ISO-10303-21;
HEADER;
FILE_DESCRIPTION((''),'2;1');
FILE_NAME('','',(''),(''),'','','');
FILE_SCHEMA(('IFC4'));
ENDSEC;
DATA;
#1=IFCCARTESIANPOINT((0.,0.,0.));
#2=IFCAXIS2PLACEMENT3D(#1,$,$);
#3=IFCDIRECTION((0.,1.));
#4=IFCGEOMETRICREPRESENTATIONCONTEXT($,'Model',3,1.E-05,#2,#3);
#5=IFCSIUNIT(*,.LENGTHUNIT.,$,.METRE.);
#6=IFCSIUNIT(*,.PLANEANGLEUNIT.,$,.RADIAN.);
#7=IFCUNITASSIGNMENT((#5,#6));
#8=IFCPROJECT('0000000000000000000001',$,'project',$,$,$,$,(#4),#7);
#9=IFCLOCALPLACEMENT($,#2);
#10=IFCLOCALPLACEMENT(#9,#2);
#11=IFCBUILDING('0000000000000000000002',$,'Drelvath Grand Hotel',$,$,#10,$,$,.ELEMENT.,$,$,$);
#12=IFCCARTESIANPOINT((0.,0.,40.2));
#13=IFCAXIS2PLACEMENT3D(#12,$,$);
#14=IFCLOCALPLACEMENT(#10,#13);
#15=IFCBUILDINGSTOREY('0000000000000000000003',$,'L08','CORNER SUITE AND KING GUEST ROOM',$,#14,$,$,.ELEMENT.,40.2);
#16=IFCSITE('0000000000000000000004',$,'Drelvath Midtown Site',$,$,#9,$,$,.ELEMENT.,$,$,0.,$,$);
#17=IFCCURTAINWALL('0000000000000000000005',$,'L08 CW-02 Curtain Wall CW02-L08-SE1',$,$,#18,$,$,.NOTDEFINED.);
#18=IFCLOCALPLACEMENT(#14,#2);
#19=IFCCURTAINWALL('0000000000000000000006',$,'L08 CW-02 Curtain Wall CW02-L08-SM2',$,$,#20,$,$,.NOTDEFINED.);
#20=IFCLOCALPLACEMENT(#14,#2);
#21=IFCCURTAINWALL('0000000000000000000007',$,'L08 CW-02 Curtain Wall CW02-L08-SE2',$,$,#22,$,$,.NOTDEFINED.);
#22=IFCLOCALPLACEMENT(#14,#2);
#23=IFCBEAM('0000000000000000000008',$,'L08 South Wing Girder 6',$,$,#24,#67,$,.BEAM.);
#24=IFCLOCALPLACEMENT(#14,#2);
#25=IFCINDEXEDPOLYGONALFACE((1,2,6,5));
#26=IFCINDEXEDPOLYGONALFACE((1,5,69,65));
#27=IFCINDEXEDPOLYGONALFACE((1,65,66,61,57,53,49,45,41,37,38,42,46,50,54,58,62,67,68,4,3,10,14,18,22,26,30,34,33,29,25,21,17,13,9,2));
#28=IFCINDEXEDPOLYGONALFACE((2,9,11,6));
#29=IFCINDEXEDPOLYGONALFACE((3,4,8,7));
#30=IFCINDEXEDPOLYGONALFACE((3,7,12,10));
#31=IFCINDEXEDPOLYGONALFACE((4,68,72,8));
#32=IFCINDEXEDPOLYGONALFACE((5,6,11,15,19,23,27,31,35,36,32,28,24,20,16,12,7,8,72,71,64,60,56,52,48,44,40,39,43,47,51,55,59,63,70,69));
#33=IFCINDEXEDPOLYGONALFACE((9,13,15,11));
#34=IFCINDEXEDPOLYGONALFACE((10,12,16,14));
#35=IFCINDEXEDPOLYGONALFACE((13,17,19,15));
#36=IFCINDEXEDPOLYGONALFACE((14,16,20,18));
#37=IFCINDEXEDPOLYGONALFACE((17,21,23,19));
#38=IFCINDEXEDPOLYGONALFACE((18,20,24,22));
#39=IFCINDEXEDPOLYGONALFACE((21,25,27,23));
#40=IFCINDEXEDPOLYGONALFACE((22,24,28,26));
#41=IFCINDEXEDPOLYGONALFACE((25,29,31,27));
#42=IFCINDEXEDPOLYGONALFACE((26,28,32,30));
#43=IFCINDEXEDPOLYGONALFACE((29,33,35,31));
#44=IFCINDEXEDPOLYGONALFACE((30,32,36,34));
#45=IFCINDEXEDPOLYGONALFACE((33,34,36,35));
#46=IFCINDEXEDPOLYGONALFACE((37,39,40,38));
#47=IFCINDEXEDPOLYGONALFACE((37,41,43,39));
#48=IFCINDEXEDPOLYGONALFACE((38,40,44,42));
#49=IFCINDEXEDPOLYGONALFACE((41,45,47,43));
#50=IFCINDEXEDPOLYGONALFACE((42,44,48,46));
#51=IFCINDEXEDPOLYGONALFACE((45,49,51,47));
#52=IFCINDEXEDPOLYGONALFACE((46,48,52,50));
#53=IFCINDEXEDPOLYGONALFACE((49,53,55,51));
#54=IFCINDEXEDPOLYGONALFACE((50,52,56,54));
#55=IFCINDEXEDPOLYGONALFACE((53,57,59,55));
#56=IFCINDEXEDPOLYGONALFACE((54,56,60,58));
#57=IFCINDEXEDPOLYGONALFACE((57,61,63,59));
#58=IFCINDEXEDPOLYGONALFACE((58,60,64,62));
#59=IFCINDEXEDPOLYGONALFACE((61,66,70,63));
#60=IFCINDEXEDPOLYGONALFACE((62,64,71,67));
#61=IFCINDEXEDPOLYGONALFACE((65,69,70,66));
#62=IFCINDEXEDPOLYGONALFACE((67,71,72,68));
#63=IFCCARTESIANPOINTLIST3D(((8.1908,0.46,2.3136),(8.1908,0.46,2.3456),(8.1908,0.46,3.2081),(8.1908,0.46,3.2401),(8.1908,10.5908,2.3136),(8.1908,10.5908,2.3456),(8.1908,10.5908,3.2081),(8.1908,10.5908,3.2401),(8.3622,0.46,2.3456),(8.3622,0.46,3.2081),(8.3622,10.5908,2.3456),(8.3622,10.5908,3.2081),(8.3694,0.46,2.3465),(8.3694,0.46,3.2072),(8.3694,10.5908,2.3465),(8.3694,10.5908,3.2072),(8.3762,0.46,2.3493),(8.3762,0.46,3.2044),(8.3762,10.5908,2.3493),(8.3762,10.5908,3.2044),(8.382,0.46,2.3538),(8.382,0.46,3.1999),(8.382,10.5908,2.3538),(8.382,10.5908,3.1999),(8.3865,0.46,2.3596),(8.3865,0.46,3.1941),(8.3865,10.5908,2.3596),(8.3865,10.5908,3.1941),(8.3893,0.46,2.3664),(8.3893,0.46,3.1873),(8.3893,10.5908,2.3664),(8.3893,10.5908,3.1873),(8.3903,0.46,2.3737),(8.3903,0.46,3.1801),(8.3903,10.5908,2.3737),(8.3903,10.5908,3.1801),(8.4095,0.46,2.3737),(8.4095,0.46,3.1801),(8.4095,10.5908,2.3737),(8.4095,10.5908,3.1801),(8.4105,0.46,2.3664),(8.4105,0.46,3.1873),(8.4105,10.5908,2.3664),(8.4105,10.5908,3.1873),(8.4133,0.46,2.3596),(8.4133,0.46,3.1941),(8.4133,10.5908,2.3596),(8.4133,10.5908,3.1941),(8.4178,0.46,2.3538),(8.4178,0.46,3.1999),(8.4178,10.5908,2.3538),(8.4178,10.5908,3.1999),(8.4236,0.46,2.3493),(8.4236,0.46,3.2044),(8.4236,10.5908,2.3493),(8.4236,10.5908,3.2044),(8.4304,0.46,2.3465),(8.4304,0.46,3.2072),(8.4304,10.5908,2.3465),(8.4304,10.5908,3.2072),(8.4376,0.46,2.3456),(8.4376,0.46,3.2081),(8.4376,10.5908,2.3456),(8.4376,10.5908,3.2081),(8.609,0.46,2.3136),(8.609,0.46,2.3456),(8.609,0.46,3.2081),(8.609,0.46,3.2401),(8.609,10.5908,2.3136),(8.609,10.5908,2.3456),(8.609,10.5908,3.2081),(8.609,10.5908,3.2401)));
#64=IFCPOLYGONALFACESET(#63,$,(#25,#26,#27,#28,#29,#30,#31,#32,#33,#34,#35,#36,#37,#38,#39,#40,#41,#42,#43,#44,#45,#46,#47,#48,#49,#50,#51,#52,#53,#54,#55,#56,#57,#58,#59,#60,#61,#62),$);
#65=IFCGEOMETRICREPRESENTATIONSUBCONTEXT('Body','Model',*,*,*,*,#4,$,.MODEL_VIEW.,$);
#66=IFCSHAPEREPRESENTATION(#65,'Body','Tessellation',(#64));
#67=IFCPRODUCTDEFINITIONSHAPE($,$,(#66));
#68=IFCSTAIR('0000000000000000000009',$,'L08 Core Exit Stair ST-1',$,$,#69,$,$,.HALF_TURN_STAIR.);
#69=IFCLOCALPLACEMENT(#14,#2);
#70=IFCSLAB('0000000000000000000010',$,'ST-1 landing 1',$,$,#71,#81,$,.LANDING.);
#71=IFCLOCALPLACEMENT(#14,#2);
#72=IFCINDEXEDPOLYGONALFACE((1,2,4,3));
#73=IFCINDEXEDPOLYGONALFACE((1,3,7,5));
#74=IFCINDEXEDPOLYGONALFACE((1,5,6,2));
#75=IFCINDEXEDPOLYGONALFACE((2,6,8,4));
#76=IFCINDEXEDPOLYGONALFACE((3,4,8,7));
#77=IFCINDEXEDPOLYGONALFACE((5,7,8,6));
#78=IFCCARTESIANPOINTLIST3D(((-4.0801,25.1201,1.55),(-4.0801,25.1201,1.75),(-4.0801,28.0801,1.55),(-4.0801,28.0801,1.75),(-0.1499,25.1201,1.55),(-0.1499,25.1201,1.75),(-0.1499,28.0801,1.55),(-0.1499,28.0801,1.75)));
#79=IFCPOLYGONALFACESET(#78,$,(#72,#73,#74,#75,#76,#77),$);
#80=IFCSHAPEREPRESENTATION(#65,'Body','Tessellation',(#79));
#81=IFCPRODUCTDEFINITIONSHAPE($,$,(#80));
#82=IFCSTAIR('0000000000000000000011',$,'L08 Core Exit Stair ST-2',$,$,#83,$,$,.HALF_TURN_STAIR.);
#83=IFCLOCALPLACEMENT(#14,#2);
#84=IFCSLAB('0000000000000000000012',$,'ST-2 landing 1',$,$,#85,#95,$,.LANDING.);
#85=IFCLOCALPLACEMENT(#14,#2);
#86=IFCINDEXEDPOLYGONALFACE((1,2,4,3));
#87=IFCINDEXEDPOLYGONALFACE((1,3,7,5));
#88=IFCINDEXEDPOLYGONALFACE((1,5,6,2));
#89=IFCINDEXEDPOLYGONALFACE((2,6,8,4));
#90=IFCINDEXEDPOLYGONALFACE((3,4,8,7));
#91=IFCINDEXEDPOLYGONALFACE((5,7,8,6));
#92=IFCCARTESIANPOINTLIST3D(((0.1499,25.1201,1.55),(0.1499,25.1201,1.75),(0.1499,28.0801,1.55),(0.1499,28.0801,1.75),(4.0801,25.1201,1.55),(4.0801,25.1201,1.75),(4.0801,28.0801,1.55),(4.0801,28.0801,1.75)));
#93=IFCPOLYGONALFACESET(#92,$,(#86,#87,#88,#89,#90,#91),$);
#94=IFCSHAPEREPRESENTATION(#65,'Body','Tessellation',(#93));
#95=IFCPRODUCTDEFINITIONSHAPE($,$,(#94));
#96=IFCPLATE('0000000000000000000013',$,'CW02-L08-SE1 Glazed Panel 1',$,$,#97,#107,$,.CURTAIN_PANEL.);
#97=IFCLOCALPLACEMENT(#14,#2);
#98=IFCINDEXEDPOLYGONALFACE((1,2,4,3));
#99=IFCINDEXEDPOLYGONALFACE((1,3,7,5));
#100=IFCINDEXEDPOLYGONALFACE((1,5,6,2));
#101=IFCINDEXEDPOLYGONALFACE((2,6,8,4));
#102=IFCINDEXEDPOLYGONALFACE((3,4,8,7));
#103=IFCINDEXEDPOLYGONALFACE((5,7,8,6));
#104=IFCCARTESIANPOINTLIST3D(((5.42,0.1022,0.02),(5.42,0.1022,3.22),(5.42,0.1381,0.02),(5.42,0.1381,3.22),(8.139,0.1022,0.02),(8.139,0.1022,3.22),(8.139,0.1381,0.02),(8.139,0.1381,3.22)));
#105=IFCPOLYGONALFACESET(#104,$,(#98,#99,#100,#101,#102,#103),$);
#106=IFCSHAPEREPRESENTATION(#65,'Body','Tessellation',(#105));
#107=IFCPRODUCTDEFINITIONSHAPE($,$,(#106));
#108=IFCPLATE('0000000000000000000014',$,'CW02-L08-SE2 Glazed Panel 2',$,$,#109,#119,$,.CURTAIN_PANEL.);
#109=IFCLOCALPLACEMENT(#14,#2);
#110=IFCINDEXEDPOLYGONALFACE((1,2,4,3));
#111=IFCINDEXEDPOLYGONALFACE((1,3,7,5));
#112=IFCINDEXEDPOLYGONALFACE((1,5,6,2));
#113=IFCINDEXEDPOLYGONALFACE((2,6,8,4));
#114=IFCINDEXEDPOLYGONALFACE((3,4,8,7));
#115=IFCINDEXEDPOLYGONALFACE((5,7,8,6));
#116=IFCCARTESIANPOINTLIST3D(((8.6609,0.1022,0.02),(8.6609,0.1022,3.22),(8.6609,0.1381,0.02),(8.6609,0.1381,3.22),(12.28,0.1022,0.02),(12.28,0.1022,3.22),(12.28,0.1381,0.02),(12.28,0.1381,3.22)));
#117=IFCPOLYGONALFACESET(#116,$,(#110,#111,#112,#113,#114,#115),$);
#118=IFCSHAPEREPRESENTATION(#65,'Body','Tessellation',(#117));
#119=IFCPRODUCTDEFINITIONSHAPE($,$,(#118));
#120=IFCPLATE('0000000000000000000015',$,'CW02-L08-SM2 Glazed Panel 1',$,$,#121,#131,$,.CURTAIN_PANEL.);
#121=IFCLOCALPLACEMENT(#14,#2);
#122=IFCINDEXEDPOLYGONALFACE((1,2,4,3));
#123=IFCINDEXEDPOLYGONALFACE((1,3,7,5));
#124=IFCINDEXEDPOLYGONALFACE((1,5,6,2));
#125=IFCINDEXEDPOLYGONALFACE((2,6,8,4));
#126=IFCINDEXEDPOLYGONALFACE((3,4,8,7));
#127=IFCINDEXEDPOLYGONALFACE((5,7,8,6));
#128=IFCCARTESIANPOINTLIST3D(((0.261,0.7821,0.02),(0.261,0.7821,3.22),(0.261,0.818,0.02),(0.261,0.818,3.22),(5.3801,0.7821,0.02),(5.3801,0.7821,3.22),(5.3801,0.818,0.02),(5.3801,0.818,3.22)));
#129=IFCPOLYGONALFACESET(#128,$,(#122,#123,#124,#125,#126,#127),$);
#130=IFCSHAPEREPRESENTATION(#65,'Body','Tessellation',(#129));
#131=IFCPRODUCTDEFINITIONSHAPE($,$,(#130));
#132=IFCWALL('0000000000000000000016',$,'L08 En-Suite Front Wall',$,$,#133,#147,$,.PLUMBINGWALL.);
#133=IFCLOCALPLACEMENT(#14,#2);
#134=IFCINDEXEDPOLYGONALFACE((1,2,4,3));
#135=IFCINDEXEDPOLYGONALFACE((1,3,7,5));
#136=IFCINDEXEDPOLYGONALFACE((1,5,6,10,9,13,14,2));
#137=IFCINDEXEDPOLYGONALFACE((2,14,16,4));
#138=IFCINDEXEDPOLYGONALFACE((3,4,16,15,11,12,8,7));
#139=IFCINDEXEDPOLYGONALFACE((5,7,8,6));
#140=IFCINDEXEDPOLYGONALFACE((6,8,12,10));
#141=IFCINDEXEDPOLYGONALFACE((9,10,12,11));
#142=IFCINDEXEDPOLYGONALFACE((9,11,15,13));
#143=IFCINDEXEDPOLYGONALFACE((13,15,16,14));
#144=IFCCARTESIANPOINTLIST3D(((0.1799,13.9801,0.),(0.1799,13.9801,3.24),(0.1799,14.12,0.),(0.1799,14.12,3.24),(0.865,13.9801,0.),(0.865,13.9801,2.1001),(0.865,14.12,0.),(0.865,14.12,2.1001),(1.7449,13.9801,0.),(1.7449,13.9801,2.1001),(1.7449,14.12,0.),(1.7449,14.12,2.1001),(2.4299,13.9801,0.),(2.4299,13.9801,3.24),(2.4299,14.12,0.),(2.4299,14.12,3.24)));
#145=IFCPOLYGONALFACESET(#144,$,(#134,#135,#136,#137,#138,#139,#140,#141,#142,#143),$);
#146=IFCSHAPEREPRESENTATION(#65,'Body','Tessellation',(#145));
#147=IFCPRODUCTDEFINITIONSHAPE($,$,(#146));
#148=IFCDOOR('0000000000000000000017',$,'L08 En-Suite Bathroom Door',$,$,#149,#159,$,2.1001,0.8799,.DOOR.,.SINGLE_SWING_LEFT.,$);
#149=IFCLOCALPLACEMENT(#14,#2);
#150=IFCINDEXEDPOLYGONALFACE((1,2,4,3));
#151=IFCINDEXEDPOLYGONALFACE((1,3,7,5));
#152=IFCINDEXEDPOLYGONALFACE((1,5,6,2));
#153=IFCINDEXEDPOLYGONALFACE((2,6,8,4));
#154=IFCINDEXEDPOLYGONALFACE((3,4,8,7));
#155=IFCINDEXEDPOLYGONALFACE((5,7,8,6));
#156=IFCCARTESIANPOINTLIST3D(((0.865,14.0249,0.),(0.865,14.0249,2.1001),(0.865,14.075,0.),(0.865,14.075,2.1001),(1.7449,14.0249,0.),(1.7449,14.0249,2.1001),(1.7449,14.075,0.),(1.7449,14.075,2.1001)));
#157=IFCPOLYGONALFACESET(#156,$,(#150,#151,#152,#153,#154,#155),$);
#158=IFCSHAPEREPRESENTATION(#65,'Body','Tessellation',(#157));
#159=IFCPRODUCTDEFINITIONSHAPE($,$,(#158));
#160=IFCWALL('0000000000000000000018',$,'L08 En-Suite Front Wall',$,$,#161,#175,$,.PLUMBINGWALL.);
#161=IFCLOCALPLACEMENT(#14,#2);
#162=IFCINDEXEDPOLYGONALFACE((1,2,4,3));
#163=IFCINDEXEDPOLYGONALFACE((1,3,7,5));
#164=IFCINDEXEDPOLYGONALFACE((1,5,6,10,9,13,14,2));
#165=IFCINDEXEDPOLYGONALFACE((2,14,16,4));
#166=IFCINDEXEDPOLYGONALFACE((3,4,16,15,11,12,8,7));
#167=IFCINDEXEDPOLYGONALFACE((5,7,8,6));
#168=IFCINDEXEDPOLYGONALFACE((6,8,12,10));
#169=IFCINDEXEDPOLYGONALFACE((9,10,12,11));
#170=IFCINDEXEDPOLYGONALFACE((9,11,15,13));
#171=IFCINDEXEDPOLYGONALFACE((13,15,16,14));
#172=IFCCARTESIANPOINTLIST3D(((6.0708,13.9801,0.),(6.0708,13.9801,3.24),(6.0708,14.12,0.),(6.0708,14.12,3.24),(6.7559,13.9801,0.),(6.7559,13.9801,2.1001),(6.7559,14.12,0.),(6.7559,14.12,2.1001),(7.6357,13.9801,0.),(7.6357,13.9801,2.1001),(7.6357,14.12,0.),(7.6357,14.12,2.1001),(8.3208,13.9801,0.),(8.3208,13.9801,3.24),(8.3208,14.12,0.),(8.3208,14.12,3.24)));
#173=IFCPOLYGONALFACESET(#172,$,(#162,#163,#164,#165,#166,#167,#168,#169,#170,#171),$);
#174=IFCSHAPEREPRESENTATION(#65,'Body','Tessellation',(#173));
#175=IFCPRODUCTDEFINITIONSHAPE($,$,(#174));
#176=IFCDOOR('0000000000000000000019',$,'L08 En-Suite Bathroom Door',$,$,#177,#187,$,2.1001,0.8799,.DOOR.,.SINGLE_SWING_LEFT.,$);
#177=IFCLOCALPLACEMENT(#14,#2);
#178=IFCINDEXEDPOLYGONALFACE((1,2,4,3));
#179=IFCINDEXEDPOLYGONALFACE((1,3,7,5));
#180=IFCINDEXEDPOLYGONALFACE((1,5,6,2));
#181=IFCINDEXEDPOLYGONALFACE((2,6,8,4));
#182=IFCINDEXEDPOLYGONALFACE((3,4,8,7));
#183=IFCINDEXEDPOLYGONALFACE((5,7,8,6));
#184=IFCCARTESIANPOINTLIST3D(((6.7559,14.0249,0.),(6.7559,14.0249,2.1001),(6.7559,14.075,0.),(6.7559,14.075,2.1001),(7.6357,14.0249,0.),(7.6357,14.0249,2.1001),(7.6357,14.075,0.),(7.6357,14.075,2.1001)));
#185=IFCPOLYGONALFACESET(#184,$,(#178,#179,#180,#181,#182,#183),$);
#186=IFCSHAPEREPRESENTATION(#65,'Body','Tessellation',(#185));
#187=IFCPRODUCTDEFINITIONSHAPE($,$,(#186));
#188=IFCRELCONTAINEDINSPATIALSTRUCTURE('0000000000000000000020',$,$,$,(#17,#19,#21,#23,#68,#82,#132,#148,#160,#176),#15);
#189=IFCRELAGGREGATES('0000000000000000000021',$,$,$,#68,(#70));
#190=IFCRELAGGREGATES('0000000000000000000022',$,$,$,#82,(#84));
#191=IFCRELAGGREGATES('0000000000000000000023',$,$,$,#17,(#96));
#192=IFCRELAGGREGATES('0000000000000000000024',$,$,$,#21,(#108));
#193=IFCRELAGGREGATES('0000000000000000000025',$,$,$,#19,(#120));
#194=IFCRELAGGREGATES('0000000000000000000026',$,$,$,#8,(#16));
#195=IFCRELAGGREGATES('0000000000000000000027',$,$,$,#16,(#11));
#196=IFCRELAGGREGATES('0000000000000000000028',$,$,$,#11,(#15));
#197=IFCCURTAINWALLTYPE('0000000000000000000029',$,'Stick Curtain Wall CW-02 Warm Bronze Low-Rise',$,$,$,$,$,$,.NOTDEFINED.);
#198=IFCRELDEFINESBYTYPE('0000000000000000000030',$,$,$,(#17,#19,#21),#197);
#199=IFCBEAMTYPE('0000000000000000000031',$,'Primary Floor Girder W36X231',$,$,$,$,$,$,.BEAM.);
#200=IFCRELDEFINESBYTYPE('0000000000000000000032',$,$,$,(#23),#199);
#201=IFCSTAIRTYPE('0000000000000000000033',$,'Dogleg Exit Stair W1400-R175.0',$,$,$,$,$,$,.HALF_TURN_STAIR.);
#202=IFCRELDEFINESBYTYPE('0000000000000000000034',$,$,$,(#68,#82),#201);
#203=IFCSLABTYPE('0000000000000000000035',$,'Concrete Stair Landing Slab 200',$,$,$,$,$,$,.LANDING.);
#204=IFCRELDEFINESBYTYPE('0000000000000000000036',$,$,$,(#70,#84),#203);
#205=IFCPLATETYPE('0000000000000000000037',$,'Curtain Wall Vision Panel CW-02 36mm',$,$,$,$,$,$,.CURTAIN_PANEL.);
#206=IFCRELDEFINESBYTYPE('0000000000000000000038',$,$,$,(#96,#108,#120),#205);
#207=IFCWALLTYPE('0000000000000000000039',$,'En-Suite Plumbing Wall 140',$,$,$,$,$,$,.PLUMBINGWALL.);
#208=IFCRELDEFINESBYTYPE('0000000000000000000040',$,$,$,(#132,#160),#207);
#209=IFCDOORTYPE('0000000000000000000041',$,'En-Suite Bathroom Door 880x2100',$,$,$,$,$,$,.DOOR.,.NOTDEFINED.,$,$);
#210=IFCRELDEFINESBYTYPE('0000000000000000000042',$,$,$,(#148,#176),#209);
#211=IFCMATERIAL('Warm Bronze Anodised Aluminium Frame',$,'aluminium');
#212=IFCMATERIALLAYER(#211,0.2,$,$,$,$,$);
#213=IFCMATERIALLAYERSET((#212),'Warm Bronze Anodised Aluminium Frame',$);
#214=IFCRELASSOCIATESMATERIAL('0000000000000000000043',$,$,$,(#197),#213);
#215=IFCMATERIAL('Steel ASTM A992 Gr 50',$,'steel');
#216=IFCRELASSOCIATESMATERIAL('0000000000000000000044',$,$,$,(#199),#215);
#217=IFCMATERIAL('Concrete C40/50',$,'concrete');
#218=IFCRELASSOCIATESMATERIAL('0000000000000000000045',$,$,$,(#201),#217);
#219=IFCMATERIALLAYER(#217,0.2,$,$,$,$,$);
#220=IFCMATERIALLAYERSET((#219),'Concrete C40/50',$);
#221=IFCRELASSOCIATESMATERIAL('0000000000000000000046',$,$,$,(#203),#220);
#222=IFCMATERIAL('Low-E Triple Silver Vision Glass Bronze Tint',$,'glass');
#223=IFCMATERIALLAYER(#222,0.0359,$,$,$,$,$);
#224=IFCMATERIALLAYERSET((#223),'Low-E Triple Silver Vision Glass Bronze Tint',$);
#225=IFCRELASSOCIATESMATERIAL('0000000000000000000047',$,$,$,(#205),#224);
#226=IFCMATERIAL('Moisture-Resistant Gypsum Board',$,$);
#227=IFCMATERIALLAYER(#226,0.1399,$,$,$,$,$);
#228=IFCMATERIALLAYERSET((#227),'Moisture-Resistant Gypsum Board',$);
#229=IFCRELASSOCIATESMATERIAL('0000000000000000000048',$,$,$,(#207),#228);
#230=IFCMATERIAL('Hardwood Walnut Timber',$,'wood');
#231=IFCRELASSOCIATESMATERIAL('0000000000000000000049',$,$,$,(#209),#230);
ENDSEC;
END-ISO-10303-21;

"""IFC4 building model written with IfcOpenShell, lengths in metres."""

from ifc_helpers import new_model, si_unit, direction, frame, frame_2d, origin, origin_2d, place, context, subcontext, project, spatial, polyline, rectangle, i_section, outline, extrude, material, layer, layer_set, material_profile, profile_set, type_object, element, fill, aggregate, save


model = new_model("IFC4")

# Units and contexts
model_context = context("Model", 3, precision=1e-05, world=origin(), true_north=direction((0.0, 1.0)))
body_context = subcontext(model_context, "Body", "Model", "MODEL_VIEW")
ifc_project = project(units=[si_unit("LENGTHUNIT", "METRE"), si_unit("PLANEANGLEUNIT", "RADIAN")], contexts=[model_context])

# Site, building, storey
site_placement = place(None, origin())
site = spatial("IfcSite", under=ifc_project, at=site_placement, Name="Drelvath Midtown Site", CompositionType="ELEMENT", RefElevation=0.0)
building_placement = place(site_placement, origin())
building = spatial("IfcBuilding", under=site, at=building_placement, Name="Drelvath Grand Hotel", CompositionType="ELEMENT")
storey_placement = place(building_placement, frame((0.0, 0.0, 40.2)))
storey = spatial("IfcBuildingStorey", under=building, at=storey_placement, Name="L08", Description="CORNER SUITE AND KING GUEST ROOM", CompositionType="ELEMENT", Elevation=40.2)

# Curtain walls
ifc_material_1 = material(Name="Warm Bronze Anodised Aluminium Frame", Category="aluminium")
ifc_layer_1 = layer(ifc_material_1, 0.2)
ifc_layer_set_1 = layer_set([ifc_layer_1], Name="Warm Bronze Anodised Aluminium Frame")
curtain_wall_type = type_object("IfcCurtainWallType", Name="Stick Curtain Wall CW-02 Warm Bronze Low-Rise", PredefinedType="NOTDEFINED", material=ifc_layer_set_1)
curtain_wall_1_placement = place(storey_placement, origin())
curtain_wall_1 = element("IfcCurtainWall", 1, at=curtain_wall_1_placement, inside=storey, type_object=curtain_wall_type, Name="L08 CW-02 Curtain Wall CW02-L08-SE1", PredefinedType="NOTDEFINED")
curtain_wall_2_placement = place(storey_placement, origin())
curtain_wall_2 = element("IfcCurtainWall", 2, at=curtain_wall_2_placement, inside=storey, type_object=curtain_wall_type, Name="L08 CW-02 Curtain Wall CW02-L08-SM2", PredefinedType="NOTDEFINED")

# Curtain wall
curtain_wall_3_placement = place(storey_placement, origin())
curtain_wall_3 = element("IfcCurtainWall", 3, at=curtain_wall_3_placement, inside=storey, type_object=curtain_wall_type, Name="L08 CW-02 Curtain Wall CW02-L08-SE2", PredefinedType="NOTDEFINED")

# Beam
ifc_material_2 = material(Name="Steel ASTM A992 Gr 50", Category="steel")
ifc_material_profile_1 = material_profile(ifc_material_2, i_section(OverallWidth=0.4182, OverallDepth=0.9265, WebThickness=0.0193, FlangeThickness=0.032, FilletRadius=0.0281, at=origin_2d()), Name="W36X231")
ifc_profile_set_1 = profile_set([ifc_material_profile_1], Name="Steel ASTM A992 Gr 50")
beam_type_1 = type_object("IfcBeamType", Name="Primary Floor Girder W36X231", PredefinedType="BEAM", material=ifc_profile_set_1)
beam_1_placement = place(storey_placement, frame((8.3999, 0.46, 2.7769), z_axis=(0.0, 1.0, 0.0), x_axis=(-1.0, 0.0, 0.0)))
element("IfcBeam", 4, at=beam_1_placement, inside=storey, type_object=beam_type_1, Name="L08 South Wing Girder 6", PredefinedType="BEAM", context=body_context, shape_type="SweptSolid", body=[
    extrude(i_section(OverallWidth=0.4182, OverallDepth=0.9265, WebThickness=0.0193, FlangeThickness=0.032, FilletRadius=0.0281, at=origin_2d()), origin(), (0.0, 0.0, 1.0), 10.1309),
])

# Stairs, slabs
ifc_material_3 = material(Name="Concrete C40/50", Category="concrete")
stair_type = type_object("IfcStairType", Name="Dogleg Exit Stair W1400-R175.0", PredefinedType="HALF_TURN_STAIR", material=ifc_material_3)
stair_1_placement = place(storey_placement, origin())
stair_1 = element("IfcStair", 5, at=stair_1_placement, inside=storey, type_object=stair_type, Name="L08 Core Exit Stair ST-1", PredefinedType="HALF_TURN_STAIR")
ifc_layer_2 = layer(ifc_material_3, 0.2)
ifc_layer_set_2 = layer_set([ifc_layer_2], Name="Concrete C40/50")
slab_type = type_object("IfcSlabType", Name="Concrete Stair Landing Slab 200", PredefinedType="LANDING", material=ifc_layer_set_2)
slab_1_placement = place(storey_placement, frame((0.0, 0.0, 1.55)))
slab_1 = element("IfcSlab", 6, at=slab_1_placement, type_object=slab_type, Name="ST-1 landing 1", PredefinedType="LANDING", context=body_context, shape_type="SweptSolid", body=[
    extrude(outline(polyline([(-4.0801, 25.1201), (-0.1499, 25.1201), (-0.1499, 28.0801), (-4.0801, 28.0801), (-4.0801, 25.1201)])), origin(), (0.0, 0.0, 1.0), 0.2),
])
aggregate(stair_1, [slab_1])
stair_2_placement = place(storey_placement, origin())
stair_2 = element("IfcStair", 7, at=stair_2_placement, inside=storey, type_object=stair_type, Name="L08 Core Exit Stair ST-2", PredefinedType="HALF_TURN_STAIR")
slab_2_placement = place(storey_placement, frame((0.0, 0.0, 1.55)))
slab_2 = element("IfcSlab", 8, at=slab_2_placement, type_object=slab_type, Name="ST-2 landing 1", PredefinedType="LANDING", context=body_context, shape_type="SweptSolid", body=[
    extrude(outline(polyline([(4.0801, 28.0801), (0.1499, 28.0801), (0.1499, 25.1201), (4.0801, 25.1201), (4.0801, 28.0801)])), origin(), (0.0, 0.0, 1.0), 0.2),
])
aggregate(stair_2, [slab_2])

# Plates
ifc_material_4 = material(Name="Low-E Triple Silver Vision Glass Bronze Tint", Category="glass")
ifc_layer_3 = layer(ifc_material_4, 0.0359)
ifc_layer_set_3 = layer_set([ifc_layer_3], Name="Low-E Triple Silver Vision Glass Bronze Tint")
plate_type = type_object("IfcPlateType", Name="Curtain Wall Vision Panel CW-02 36mm", PredefinedType="CURTAIN_PANEL", material=ifc_layer_set_3)
plate_1_placement = place(storey_placement, frame((6.7795, 0.1201, 0.02), z_axis=(0.0, 0.0, 1.0), x_axis=(-1.0, 0.0, 0.0)))
plate_1 = element("IfcPlate", 9, at=plate_1_placement, type_object=plate_type, Name="CW02-L08-SE1 Glazed Panel 1", PredefinedType="CURTAIN_PANEL", context=body_context, shape_type="SweptSolid", body=[
    extrude(rectangle(XDim=2.719, YDim=0.0359, at=origin_2d()), origin(), (0.0, 0.0, 1.0), 3.2),
])
aggregate(curtain_wall_1, [plate_1])
plate_2_placement = place(storey_placement, frame((10.4705, 0.1201, 0.02), z_axis=(0.0, 0.0, 1.0), x_axis=(-1.0, 0.0, 0.0)))
plate_2 = element("IfcPlate", 10, at=plate_2_placement, type_object=plate_type, Name="CW02-L08-SE2 Glazed Panel 2", PredefinedType="CURTAIN_PANEL", context=body_context, shape_type="SweptSolid", body=[
    extrude(rectangle(XDim=3.6191, YDim=0.0359, at=origin_2d()), origin(), (0.0, 0.0, 1.0), 3.2),
])
aggregate(curtain_wall_3, [plate_2])
plate_3_placement = place(storey_placement, frame((2.8206, 0.8, 0.02), z_axis=(0.0, 0.0, 1.0), x_axis=(-1.0, 0.0, 0.0)))
plate_3 = element("IfcPlate", 11, at=plate_3_placement, type_object=plate_type, Name="CW02-L08-SM2 Glazed Panel 1", PredefinedType="CURTAIN_PANEL", context=body_context, shape_type="SweptSolid", body=[
    extrude(rectangle(XDim=5.1191, YDim=0.0359, at=origin_2d()), origin(), (0.0, 0.0, 1.0), 3.2),
])
aggregate(curtain_wall_2, [plate_3])

# Walls, openings, doors
ifc_material_5 = material(Name="Moisture-Resistant Gypsum Board")
ifc_layer_4 = layer(ifc_material_5, 0.1399)
ifc_layer_set_4 = layer_set([ifc_layer_4], Name="Moisture-Resistant Gypsum Board")
wall_type_1 = type_object("IfcWallType", Name="En-Suite Plumbing Wall 140", PredefinedType="PLUMBINGWALL", material=ifc_layer_set_4)
wall_1_placement = place(storey_placement, frame((0.1799, 14.05, 0.0), z_axis=(0.0, 0.0, 1.0), x_axis=(1.0, 0.0, 0.0)))
wall_1 = element("IfcWall", 12, at=wall_1_placement, inside=storey, type_object=wall_type_1, Name="L08 En-Suite Front Wall", PredefinedType="PLUMBINGWALL", context=body_context, shape_type="SweptSolid", body=[
    extrude(rectangle(XDim=2.25, YDim=0.1399, at=frame_2d((1.125, 0.0))), origin(), (0.0, 0.0, 1.0), 3.24),
])
opening_1_placement = place(wall_1_placement, frame((0.6851, 0.0, 0.0)))
opening_1 = element("IfcOpeningElement", 13, at=opening_1_placement, cuts=wall_1, PredefinedType="OPENING", context=body_context, shape_type="SweptSolid", body=[
    extrude(rectangle(XDim=0.8799, YDim=2.1001, at=frame_2d((0.4399, 1.05))), frame((0.0, 0.0798, 0.0), z_axis=(0.0, -1.0, 0.0), x_axis=(1.0, 0.0, 0.0)), (0.0, 0.0, 1.0), 0.1599),
])
ifc_material_6 = material(Name="Hardwood Walnut Timber", Category="wood")
door_type = type_object("IfcDoorType", Name="En-Suite Bathroom Door 880x2100", OperationType="NOTDEFINED", PredefinedType="DOOR", material=ifc_material_6)
door_1_placement = place(opening_1_placement, origin())
door_1 = element("IfcDoor", 14, at=door_1_placement, inside=storey, type_object=door_type, Name="L08 En-Suite Bathroom Door", OperationType="SINGLE_SWING_LEFT", OverallHeight=2.1001, OverallWidth=0.8799, PredefinedType="DOOR", context=body_context, shape_type="SweptSolid", body=[
    extrude(rectangle(XDim=0.8799, YDim=2.1001, at=frame_2d((0.4399, 1.05))), frame((0.0, 0.0249, 0.0), z_axis=(0.0, -1.0, 0.0), x_axis=(1.0, 0.0, 0.0)), (0.0, 0.0, 1.0), 0.05),
])
fill(opening_1, door_1)
wall_2_placement = place(storey_placement, frame((6.0708, 14.05, 0.0), z_axis=(0.0, 0.0, 1.0), x_axis=(1.0, 0.0, 0.0)))
wall_2 = element("IfcWall", 15, at=wall_2_placement, inside=storey, type_object=wall_type_1, Name="L08 En-Suite Front Wall", PredefinedType="PLUMBINGWALL", context=body_context, shape_type="SweptSolid", body=[
    extrude(rectangle(XDim=2.25, YDim=0.1399, at=frame_2d((1.125, 0.0))), origin(), (0.0, 0.0, 1.0), 3.24),
])
opening_2_placement = place(wall_2_placement, frame((0.6851, 0.0, 0.0)))
opening_2 = element("IfcOpeningElement", 16, at=opening_2_placement, cuts=wall_2, PredefinedType="OPENING", context=body_context, shape_type="SweptSolid", body=[
    extrude(rectangle(XDim=0.8799, YDim=2.1001, at=frame_2d((0.4399, 1.05))), frame((0.0, 0.0798, 0.0), z_axis=(0.0, -1.0, 0.0), x_axis=(1.0, 0.0, 0.0)), (0.0, 0.0, 1.0), 0.1599),
])
door_2_placement = place(opening_2_placement, origin())
door_2 = element("IfcDoor", 17, at=door_2_placement, inside=storey, type_object=door_type, Name="L08 En-Suite Bathroom Door", OperationType="SINGLE_SWING_LEFT", OverallHeight=2.1001, OverallWidth=0.8799, PredefinedType="DOOR", context=body_context, shape_type="SweptSolid", body=[
    extrude(rectangle(XDim=0.8799, YDim=2.1001, at=frame_2d((0.4399, 1.05))), frame((0.0, 0.0249, 0.0), z_axis=(0.0, -1.0, 0.0), x_axis=(1.0, 0.0, 0.0)), (0.0, 0.0, 1.0), 0.05),
])
fill(opening_2, door_2)

save(model, "model.ifc")
